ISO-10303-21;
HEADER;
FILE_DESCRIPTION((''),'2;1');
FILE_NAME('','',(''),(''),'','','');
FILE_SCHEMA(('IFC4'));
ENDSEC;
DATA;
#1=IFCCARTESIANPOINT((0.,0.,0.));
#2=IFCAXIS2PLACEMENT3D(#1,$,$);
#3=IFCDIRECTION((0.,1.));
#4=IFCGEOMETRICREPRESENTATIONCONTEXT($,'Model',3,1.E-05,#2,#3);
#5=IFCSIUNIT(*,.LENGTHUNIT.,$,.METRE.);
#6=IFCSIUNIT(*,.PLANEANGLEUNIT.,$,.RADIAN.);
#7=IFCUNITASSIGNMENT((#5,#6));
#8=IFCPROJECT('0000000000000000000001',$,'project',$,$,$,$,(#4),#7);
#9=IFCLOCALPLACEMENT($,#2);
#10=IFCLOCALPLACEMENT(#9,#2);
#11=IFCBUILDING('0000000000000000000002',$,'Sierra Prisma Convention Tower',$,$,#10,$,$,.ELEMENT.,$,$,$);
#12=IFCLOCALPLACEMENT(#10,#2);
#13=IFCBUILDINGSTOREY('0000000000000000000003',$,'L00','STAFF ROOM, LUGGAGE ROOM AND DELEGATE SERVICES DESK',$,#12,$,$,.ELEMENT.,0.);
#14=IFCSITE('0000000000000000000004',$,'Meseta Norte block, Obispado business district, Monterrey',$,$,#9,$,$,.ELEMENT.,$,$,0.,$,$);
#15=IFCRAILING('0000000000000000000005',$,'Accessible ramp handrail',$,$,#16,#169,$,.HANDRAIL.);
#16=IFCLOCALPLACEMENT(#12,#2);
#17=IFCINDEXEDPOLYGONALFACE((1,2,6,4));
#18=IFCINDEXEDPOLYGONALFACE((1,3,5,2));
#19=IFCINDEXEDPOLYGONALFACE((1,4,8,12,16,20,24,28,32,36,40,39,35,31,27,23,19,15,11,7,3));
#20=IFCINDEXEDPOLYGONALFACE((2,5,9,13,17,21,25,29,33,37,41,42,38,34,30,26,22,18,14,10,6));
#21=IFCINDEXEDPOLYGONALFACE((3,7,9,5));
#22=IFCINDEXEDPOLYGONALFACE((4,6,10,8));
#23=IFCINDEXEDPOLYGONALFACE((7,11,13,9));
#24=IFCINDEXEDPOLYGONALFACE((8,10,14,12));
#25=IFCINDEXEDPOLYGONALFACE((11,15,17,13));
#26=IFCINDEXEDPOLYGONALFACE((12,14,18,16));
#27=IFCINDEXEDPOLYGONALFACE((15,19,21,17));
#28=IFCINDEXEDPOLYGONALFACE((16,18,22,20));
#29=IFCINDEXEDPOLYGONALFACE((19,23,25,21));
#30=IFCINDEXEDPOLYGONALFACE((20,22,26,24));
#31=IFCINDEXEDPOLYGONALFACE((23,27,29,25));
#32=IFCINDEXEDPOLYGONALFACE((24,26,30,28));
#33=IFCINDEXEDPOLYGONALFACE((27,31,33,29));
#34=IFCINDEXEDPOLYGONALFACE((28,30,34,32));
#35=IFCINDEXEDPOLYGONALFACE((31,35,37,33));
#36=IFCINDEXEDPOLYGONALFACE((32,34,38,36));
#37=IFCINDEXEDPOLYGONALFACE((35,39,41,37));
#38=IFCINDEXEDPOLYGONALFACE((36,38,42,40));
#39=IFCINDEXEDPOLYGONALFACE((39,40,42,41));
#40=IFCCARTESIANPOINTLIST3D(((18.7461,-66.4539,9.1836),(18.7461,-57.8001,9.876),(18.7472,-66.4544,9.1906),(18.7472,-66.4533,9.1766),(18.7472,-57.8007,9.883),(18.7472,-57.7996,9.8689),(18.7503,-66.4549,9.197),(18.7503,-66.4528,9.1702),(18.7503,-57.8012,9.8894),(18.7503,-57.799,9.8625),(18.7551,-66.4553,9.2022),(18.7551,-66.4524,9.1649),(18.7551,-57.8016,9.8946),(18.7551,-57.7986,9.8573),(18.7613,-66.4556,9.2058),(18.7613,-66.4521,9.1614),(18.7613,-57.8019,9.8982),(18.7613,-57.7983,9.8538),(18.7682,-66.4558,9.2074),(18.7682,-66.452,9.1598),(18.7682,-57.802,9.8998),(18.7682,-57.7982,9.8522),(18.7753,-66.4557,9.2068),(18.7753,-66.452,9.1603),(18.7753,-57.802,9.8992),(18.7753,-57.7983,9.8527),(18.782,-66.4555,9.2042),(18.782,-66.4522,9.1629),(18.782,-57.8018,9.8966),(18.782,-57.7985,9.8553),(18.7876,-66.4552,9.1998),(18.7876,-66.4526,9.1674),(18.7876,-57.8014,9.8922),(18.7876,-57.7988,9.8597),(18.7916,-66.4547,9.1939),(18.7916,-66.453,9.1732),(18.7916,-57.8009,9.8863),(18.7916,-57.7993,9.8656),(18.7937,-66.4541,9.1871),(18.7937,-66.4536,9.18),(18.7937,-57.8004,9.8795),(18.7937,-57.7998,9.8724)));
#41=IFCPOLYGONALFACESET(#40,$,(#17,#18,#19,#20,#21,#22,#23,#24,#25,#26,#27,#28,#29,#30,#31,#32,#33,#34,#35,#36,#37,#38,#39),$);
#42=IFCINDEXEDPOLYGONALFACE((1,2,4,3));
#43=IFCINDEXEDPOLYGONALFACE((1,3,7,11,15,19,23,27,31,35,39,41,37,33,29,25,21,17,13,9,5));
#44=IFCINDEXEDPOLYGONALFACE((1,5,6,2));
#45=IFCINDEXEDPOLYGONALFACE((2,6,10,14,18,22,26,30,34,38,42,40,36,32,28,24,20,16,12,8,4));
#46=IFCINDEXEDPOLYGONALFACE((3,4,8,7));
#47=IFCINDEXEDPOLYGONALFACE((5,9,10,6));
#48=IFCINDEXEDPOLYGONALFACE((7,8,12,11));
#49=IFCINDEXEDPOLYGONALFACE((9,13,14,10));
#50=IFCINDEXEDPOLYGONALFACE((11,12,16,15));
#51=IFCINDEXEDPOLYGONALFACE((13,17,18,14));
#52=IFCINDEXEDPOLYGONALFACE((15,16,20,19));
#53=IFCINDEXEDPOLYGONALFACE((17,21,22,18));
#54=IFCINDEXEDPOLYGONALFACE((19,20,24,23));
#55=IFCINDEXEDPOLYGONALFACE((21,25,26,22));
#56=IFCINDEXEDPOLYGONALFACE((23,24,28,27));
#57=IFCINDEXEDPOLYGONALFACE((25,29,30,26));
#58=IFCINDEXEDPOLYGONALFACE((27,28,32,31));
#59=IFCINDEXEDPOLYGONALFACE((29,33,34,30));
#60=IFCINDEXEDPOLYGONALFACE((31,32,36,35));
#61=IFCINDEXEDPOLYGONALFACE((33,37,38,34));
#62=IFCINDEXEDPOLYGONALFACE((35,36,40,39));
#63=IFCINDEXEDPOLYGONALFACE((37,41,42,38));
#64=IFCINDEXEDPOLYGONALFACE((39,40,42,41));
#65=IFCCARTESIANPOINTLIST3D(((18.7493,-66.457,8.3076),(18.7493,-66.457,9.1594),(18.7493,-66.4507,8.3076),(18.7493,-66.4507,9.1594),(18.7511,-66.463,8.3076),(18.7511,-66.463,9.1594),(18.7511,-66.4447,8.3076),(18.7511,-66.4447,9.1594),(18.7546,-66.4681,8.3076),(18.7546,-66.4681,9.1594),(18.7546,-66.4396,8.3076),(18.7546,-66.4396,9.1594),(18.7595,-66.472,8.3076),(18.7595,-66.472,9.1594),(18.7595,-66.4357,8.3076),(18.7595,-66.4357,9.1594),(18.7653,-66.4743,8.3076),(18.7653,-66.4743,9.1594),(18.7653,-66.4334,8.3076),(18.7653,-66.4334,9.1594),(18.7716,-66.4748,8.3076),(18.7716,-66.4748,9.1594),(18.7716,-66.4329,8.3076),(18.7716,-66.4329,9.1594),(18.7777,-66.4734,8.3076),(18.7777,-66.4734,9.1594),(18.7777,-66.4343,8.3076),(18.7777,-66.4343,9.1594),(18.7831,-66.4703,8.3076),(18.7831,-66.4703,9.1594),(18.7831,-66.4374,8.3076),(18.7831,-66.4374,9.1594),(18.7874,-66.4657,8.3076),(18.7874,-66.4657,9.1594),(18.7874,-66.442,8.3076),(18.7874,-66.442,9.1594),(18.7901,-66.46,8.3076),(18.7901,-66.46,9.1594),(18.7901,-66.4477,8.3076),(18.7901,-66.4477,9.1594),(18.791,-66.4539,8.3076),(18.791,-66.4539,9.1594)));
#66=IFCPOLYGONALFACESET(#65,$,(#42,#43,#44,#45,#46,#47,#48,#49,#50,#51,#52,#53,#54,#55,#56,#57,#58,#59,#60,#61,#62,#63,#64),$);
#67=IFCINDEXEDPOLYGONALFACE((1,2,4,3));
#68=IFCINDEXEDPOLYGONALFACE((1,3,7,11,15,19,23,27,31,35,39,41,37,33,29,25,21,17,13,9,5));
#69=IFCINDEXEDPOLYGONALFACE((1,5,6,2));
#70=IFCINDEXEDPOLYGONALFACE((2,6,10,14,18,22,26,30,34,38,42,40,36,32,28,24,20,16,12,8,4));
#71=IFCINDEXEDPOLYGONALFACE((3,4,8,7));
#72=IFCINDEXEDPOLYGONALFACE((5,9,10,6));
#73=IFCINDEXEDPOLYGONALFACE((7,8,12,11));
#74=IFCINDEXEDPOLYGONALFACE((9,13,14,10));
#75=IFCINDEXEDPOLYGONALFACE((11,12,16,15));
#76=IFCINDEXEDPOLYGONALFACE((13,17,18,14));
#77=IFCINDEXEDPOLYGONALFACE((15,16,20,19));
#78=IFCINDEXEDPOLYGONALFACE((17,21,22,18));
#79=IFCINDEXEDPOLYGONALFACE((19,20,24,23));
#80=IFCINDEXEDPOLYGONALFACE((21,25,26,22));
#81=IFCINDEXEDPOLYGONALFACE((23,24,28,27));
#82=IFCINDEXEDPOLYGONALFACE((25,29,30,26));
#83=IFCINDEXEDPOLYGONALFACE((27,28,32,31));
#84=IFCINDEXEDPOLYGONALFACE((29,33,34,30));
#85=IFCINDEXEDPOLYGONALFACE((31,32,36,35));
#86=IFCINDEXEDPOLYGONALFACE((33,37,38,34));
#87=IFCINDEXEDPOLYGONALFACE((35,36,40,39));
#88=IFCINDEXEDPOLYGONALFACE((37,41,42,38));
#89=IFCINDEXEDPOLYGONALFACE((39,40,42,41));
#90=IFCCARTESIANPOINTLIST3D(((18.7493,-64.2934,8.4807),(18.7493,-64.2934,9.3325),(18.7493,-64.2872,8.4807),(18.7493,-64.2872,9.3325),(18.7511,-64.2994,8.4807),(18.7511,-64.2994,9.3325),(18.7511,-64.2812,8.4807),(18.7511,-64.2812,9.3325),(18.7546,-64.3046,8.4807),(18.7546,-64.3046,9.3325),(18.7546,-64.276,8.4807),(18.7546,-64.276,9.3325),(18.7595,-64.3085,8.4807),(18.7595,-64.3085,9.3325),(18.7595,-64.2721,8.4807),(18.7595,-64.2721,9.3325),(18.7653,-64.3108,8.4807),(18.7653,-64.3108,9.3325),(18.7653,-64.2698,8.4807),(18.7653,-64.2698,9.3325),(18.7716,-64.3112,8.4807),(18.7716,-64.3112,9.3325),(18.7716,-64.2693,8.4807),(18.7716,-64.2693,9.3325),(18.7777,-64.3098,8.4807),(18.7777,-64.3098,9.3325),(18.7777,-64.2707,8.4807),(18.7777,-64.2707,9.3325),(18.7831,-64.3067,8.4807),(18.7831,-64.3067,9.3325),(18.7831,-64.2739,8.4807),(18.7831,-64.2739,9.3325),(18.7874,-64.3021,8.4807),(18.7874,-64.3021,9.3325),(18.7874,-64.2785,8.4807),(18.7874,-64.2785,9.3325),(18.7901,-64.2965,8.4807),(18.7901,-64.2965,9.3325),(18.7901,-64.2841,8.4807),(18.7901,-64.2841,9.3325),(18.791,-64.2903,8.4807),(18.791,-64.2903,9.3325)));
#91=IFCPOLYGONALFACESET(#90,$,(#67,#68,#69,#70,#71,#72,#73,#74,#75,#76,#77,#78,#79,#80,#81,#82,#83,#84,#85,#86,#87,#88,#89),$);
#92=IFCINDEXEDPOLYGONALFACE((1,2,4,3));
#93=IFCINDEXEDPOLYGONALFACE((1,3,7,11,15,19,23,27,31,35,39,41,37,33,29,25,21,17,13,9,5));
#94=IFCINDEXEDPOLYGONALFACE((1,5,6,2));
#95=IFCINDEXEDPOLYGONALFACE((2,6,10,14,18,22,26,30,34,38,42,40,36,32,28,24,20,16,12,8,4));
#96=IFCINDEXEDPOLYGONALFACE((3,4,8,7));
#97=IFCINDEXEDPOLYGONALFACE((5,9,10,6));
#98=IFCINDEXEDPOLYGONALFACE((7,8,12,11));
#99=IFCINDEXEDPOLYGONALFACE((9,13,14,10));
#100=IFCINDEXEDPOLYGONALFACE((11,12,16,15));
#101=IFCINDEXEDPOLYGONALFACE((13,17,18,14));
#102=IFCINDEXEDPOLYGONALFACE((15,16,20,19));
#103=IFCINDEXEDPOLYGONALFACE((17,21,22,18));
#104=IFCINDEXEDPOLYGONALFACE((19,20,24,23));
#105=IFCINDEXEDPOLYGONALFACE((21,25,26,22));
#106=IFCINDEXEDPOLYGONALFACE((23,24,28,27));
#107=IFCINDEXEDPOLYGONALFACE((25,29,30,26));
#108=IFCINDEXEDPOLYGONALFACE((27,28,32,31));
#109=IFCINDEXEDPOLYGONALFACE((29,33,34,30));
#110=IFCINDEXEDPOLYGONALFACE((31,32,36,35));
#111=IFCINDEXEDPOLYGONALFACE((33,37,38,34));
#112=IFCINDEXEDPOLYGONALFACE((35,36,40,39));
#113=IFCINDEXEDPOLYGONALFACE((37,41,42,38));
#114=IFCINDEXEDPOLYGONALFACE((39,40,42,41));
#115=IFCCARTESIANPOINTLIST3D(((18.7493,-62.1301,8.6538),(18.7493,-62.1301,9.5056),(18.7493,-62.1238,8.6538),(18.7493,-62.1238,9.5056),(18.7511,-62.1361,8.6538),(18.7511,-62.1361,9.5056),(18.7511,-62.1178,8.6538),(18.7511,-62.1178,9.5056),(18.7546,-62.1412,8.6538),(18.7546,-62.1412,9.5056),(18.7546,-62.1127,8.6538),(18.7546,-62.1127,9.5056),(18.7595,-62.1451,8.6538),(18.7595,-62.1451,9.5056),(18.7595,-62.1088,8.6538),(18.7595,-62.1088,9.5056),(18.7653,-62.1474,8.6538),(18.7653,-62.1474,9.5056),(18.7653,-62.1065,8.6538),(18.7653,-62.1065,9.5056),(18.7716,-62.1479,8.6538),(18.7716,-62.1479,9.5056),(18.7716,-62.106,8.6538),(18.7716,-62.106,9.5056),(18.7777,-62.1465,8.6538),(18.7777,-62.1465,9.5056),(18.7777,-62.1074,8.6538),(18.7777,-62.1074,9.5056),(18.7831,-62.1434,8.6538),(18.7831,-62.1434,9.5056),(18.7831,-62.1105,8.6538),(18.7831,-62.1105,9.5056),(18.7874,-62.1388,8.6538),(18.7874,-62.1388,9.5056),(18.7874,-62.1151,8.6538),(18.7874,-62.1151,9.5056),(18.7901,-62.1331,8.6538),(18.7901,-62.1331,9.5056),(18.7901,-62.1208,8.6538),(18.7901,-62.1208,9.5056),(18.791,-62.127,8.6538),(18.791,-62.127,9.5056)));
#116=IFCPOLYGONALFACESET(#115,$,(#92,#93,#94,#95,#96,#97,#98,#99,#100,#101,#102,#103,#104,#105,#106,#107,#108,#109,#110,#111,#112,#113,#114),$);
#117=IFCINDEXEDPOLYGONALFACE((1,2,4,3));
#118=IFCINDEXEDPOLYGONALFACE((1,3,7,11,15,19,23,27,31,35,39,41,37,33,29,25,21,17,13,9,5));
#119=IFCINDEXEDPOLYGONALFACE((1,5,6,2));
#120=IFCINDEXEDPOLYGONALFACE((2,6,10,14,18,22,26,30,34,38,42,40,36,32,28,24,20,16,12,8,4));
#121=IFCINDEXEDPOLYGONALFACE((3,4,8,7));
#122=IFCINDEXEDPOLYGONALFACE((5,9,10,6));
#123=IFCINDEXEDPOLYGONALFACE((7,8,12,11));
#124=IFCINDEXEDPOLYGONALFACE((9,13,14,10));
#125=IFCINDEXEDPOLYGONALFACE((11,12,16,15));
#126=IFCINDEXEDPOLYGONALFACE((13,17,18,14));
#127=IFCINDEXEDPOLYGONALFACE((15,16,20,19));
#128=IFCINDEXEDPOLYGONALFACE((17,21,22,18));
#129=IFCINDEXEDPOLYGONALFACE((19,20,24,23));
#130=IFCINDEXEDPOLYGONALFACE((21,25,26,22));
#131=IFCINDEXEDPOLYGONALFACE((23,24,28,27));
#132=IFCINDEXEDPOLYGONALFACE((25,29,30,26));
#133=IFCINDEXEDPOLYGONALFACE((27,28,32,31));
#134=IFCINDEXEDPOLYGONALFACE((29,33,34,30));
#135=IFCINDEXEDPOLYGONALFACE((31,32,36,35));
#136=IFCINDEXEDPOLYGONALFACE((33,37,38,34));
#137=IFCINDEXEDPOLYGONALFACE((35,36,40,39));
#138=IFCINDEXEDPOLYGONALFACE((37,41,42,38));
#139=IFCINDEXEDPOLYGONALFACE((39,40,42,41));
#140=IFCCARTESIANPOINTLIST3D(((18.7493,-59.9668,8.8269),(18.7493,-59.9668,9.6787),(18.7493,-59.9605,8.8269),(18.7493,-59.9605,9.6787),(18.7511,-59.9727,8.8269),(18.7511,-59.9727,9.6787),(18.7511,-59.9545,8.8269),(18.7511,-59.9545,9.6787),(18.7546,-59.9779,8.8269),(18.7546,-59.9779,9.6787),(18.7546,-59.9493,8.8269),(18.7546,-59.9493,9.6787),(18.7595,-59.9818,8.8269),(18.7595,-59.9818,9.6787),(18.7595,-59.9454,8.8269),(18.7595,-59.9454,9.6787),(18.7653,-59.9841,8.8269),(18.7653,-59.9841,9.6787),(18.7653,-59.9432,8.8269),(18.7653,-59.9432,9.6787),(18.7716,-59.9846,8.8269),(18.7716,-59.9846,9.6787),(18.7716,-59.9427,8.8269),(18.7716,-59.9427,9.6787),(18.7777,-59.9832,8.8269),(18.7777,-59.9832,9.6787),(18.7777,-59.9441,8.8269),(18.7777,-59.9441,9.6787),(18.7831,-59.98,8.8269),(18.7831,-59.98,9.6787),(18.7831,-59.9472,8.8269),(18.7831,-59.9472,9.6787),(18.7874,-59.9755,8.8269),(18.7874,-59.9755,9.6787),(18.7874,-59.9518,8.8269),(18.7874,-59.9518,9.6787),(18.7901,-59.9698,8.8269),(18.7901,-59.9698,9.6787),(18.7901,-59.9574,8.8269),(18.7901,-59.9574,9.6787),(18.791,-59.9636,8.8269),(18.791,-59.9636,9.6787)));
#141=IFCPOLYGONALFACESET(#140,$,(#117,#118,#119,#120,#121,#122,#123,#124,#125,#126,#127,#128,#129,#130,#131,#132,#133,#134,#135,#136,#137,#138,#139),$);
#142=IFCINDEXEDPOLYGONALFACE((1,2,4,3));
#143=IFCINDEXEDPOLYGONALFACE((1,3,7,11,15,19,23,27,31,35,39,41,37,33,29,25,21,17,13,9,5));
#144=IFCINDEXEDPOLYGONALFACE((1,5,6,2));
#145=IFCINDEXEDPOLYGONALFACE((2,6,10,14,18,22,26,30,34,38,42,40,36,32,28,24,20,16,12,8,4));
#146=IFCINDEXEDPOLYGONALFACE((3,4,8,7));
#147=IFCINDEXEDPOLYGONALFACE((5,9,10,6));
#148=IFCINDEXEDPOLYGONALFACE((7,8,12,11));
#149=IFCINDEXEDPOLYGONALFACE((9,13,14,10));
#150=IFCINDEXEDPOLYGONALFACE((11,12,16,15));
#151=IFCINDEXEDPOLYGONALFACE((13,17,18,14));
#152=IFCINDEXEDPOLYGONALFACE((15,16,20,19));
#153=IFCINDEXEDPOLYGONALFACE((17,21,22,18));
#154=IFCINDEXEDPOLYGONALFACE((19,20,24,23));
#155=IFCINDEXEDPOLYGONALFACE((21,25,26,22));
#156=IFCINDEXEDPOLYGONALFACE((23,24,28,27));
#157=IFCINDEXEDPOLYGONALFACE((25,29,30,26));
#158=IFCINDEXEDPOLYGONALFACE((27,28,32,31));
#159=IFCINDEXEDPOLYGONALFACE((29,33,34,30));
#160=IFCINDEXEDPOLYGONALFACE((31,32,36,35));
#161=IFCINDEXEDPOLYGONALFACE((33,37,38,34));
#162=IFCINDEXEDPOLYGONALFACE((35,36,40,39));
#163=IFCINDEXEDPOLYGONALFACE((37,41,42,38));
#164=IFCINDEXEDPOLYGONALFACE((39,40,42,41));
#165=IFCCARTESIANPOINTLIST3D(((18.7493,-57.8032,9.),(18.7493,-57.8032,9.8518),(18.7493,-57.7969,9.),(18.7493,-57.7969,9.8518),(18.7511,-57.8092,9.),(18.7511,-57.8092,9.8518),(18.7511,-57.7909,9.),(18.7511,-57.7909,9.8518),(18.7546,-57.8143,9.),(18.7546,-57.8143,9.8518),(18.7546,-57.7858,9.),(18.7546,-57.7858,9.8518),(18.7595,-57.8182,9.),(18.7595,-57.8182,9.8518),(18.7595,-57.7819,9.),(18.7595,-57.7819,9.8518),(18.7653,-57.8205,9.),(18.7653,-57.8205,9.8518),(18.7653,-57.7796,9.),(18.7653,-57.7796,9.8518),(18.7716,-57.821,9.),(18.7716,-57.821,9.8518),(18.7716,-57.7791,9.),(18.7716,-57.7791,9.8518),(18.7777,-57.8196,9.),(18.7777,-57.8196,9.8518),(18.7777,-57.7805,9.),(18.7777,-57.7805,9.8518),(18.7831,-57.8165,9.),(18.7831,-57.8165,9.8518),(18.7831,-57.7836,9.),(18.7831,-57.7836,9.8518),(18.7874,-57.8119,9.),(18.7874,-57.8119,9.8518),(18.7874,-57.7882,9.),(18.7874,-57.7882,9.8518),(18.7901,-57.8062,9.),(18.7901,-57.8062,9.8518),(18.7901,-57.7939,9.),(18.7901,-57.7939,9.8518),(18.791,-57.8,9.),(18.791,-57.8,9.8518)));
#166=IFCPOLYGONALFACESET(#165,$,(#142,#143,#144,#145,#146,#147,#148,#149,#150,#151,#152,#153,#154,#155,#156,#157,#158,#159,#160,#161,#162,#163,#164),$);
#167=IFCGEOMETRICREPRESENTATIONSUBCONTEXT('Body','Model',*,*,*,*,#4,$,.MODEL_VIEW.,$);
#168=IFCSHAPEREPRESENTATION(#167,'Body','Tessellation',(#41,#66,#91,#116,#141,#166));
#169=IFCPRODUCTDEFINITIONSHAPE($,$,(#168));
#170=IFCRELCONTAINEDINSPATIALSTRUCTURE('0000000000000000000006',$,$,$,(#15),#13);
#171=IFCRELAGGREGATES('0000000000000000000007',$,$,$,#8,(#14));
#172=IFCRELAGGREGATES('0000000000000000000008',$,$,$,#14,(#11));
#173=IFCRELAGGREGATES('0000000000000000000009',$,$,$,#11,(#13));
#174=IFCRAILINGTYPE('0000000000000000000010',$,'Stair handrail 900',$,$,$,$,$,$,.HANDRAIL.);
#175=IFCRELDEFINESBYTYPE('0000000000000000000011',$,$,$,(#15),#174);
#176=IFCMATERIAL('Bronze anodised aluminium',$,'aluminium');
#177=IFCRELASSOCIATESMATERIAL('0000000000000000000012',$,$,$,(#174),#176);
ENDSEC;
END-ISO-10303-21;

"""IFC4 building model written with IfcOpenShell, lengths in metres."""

from ifc_helpers import new_model, si_unit, direction, frame, origin, origin_2d, place, context, subcontext, project, spatial, circle, extrude, material, type_object, element, save


model = new_model("IFC4")

# Units and contexts
model_context = context("Model", 3, precision=1e-05, world=origin(), true_north=direction((0.0, 1.0)))
body_context = subcontext(model_context, "Body", "Model", "MODEL_VIEW")
ifc_project = project(units=[si_unit("LENGTHUNIT", "METRE"), si_unit("PLANEANGLEUNIT", "RADIAN")], contexts=[model_context])

# Site, building, storey
site_placement = place(None, origin())
site = spatial("IfcSite", under=ifc_project, at=site_placement, Name="Meseta Norte block, Obispado business district, Monterrey", CompositionType="ELEMENT", RefElevation=0.0)
building_placement = place(site_placement, origin())
building = spatial("IfcBuilding", under=site, at=building_placement, Name="Sierra Prisma Convention Tower", CompositionType="ELEMENT")
storey_placement = place(building_placement, origin())
storey = spatial("IfcBuildingStorey", under=building, at=storey_placement, Name="L00", Description="STAFF ROOM, LUGGAGE ROOM AND DELEGATE SERVICES DESK", CompositionType="ELEMENT", Elevation=0.0)

# Railing
ifc_material_1 = material(Name="Bronze anodised aluminium", Category="aluminium")
railing_type_1 = type_object("IfcRailingType", Name="Stair handrail 900", PredefinedType="HANDRAIL", material=ifc_material_1)
railing_1_placement = place(storey_placement, frame((18.77, -66.4539, 8.3076)))
element("IfcRailing", 1, at=railing_1_placement, inside=storey, type_object=railing_type_1, Name="Accessible ramp handrail", PredefinedType="HANDRAIL", context=body_context, shape_type="SweptSolid", body=[
    extrude(circle(Radius=0.0239, at=origin_2d()), frame((0.0, 0.0, 0.876), z_axis=(0.0, 0.996815, 0.079754), x_axis=(-1.0, 0.0, 0.0)), (0.0, 0.0, 1.0), 8.6814),
    extrude(circle(Radius=0.021, at=origin_2d()), origin(), (0.0, 0.0, 1.0), 0.8518),
    extrude(circle(Radius=0.021, at=origin_2d()), frame((0.0, 2.1636, 0.1731)), (0.0, 0.0, 1.0), 0.8518),
    extrude(circle(Radius=0.021, at=origin_2d()), frame((0.0, 4.3269, 0.3462)), (0.0, 0.0, 1.0), 0.8518),
    extrude(circle(Radius=0.021, at=origin_2d()), frame((0.0, 6.4902, 0.5193)), (0.0, 0.0, 1.0), 0.8518),
    extrude(circle(Radius=0.021, at=origin_2d()), frame((0.0, 8.6538, 0.6924)), (0.0, 0.0, 1.0), 0.8518),
])

save(model, "model.ifc")
